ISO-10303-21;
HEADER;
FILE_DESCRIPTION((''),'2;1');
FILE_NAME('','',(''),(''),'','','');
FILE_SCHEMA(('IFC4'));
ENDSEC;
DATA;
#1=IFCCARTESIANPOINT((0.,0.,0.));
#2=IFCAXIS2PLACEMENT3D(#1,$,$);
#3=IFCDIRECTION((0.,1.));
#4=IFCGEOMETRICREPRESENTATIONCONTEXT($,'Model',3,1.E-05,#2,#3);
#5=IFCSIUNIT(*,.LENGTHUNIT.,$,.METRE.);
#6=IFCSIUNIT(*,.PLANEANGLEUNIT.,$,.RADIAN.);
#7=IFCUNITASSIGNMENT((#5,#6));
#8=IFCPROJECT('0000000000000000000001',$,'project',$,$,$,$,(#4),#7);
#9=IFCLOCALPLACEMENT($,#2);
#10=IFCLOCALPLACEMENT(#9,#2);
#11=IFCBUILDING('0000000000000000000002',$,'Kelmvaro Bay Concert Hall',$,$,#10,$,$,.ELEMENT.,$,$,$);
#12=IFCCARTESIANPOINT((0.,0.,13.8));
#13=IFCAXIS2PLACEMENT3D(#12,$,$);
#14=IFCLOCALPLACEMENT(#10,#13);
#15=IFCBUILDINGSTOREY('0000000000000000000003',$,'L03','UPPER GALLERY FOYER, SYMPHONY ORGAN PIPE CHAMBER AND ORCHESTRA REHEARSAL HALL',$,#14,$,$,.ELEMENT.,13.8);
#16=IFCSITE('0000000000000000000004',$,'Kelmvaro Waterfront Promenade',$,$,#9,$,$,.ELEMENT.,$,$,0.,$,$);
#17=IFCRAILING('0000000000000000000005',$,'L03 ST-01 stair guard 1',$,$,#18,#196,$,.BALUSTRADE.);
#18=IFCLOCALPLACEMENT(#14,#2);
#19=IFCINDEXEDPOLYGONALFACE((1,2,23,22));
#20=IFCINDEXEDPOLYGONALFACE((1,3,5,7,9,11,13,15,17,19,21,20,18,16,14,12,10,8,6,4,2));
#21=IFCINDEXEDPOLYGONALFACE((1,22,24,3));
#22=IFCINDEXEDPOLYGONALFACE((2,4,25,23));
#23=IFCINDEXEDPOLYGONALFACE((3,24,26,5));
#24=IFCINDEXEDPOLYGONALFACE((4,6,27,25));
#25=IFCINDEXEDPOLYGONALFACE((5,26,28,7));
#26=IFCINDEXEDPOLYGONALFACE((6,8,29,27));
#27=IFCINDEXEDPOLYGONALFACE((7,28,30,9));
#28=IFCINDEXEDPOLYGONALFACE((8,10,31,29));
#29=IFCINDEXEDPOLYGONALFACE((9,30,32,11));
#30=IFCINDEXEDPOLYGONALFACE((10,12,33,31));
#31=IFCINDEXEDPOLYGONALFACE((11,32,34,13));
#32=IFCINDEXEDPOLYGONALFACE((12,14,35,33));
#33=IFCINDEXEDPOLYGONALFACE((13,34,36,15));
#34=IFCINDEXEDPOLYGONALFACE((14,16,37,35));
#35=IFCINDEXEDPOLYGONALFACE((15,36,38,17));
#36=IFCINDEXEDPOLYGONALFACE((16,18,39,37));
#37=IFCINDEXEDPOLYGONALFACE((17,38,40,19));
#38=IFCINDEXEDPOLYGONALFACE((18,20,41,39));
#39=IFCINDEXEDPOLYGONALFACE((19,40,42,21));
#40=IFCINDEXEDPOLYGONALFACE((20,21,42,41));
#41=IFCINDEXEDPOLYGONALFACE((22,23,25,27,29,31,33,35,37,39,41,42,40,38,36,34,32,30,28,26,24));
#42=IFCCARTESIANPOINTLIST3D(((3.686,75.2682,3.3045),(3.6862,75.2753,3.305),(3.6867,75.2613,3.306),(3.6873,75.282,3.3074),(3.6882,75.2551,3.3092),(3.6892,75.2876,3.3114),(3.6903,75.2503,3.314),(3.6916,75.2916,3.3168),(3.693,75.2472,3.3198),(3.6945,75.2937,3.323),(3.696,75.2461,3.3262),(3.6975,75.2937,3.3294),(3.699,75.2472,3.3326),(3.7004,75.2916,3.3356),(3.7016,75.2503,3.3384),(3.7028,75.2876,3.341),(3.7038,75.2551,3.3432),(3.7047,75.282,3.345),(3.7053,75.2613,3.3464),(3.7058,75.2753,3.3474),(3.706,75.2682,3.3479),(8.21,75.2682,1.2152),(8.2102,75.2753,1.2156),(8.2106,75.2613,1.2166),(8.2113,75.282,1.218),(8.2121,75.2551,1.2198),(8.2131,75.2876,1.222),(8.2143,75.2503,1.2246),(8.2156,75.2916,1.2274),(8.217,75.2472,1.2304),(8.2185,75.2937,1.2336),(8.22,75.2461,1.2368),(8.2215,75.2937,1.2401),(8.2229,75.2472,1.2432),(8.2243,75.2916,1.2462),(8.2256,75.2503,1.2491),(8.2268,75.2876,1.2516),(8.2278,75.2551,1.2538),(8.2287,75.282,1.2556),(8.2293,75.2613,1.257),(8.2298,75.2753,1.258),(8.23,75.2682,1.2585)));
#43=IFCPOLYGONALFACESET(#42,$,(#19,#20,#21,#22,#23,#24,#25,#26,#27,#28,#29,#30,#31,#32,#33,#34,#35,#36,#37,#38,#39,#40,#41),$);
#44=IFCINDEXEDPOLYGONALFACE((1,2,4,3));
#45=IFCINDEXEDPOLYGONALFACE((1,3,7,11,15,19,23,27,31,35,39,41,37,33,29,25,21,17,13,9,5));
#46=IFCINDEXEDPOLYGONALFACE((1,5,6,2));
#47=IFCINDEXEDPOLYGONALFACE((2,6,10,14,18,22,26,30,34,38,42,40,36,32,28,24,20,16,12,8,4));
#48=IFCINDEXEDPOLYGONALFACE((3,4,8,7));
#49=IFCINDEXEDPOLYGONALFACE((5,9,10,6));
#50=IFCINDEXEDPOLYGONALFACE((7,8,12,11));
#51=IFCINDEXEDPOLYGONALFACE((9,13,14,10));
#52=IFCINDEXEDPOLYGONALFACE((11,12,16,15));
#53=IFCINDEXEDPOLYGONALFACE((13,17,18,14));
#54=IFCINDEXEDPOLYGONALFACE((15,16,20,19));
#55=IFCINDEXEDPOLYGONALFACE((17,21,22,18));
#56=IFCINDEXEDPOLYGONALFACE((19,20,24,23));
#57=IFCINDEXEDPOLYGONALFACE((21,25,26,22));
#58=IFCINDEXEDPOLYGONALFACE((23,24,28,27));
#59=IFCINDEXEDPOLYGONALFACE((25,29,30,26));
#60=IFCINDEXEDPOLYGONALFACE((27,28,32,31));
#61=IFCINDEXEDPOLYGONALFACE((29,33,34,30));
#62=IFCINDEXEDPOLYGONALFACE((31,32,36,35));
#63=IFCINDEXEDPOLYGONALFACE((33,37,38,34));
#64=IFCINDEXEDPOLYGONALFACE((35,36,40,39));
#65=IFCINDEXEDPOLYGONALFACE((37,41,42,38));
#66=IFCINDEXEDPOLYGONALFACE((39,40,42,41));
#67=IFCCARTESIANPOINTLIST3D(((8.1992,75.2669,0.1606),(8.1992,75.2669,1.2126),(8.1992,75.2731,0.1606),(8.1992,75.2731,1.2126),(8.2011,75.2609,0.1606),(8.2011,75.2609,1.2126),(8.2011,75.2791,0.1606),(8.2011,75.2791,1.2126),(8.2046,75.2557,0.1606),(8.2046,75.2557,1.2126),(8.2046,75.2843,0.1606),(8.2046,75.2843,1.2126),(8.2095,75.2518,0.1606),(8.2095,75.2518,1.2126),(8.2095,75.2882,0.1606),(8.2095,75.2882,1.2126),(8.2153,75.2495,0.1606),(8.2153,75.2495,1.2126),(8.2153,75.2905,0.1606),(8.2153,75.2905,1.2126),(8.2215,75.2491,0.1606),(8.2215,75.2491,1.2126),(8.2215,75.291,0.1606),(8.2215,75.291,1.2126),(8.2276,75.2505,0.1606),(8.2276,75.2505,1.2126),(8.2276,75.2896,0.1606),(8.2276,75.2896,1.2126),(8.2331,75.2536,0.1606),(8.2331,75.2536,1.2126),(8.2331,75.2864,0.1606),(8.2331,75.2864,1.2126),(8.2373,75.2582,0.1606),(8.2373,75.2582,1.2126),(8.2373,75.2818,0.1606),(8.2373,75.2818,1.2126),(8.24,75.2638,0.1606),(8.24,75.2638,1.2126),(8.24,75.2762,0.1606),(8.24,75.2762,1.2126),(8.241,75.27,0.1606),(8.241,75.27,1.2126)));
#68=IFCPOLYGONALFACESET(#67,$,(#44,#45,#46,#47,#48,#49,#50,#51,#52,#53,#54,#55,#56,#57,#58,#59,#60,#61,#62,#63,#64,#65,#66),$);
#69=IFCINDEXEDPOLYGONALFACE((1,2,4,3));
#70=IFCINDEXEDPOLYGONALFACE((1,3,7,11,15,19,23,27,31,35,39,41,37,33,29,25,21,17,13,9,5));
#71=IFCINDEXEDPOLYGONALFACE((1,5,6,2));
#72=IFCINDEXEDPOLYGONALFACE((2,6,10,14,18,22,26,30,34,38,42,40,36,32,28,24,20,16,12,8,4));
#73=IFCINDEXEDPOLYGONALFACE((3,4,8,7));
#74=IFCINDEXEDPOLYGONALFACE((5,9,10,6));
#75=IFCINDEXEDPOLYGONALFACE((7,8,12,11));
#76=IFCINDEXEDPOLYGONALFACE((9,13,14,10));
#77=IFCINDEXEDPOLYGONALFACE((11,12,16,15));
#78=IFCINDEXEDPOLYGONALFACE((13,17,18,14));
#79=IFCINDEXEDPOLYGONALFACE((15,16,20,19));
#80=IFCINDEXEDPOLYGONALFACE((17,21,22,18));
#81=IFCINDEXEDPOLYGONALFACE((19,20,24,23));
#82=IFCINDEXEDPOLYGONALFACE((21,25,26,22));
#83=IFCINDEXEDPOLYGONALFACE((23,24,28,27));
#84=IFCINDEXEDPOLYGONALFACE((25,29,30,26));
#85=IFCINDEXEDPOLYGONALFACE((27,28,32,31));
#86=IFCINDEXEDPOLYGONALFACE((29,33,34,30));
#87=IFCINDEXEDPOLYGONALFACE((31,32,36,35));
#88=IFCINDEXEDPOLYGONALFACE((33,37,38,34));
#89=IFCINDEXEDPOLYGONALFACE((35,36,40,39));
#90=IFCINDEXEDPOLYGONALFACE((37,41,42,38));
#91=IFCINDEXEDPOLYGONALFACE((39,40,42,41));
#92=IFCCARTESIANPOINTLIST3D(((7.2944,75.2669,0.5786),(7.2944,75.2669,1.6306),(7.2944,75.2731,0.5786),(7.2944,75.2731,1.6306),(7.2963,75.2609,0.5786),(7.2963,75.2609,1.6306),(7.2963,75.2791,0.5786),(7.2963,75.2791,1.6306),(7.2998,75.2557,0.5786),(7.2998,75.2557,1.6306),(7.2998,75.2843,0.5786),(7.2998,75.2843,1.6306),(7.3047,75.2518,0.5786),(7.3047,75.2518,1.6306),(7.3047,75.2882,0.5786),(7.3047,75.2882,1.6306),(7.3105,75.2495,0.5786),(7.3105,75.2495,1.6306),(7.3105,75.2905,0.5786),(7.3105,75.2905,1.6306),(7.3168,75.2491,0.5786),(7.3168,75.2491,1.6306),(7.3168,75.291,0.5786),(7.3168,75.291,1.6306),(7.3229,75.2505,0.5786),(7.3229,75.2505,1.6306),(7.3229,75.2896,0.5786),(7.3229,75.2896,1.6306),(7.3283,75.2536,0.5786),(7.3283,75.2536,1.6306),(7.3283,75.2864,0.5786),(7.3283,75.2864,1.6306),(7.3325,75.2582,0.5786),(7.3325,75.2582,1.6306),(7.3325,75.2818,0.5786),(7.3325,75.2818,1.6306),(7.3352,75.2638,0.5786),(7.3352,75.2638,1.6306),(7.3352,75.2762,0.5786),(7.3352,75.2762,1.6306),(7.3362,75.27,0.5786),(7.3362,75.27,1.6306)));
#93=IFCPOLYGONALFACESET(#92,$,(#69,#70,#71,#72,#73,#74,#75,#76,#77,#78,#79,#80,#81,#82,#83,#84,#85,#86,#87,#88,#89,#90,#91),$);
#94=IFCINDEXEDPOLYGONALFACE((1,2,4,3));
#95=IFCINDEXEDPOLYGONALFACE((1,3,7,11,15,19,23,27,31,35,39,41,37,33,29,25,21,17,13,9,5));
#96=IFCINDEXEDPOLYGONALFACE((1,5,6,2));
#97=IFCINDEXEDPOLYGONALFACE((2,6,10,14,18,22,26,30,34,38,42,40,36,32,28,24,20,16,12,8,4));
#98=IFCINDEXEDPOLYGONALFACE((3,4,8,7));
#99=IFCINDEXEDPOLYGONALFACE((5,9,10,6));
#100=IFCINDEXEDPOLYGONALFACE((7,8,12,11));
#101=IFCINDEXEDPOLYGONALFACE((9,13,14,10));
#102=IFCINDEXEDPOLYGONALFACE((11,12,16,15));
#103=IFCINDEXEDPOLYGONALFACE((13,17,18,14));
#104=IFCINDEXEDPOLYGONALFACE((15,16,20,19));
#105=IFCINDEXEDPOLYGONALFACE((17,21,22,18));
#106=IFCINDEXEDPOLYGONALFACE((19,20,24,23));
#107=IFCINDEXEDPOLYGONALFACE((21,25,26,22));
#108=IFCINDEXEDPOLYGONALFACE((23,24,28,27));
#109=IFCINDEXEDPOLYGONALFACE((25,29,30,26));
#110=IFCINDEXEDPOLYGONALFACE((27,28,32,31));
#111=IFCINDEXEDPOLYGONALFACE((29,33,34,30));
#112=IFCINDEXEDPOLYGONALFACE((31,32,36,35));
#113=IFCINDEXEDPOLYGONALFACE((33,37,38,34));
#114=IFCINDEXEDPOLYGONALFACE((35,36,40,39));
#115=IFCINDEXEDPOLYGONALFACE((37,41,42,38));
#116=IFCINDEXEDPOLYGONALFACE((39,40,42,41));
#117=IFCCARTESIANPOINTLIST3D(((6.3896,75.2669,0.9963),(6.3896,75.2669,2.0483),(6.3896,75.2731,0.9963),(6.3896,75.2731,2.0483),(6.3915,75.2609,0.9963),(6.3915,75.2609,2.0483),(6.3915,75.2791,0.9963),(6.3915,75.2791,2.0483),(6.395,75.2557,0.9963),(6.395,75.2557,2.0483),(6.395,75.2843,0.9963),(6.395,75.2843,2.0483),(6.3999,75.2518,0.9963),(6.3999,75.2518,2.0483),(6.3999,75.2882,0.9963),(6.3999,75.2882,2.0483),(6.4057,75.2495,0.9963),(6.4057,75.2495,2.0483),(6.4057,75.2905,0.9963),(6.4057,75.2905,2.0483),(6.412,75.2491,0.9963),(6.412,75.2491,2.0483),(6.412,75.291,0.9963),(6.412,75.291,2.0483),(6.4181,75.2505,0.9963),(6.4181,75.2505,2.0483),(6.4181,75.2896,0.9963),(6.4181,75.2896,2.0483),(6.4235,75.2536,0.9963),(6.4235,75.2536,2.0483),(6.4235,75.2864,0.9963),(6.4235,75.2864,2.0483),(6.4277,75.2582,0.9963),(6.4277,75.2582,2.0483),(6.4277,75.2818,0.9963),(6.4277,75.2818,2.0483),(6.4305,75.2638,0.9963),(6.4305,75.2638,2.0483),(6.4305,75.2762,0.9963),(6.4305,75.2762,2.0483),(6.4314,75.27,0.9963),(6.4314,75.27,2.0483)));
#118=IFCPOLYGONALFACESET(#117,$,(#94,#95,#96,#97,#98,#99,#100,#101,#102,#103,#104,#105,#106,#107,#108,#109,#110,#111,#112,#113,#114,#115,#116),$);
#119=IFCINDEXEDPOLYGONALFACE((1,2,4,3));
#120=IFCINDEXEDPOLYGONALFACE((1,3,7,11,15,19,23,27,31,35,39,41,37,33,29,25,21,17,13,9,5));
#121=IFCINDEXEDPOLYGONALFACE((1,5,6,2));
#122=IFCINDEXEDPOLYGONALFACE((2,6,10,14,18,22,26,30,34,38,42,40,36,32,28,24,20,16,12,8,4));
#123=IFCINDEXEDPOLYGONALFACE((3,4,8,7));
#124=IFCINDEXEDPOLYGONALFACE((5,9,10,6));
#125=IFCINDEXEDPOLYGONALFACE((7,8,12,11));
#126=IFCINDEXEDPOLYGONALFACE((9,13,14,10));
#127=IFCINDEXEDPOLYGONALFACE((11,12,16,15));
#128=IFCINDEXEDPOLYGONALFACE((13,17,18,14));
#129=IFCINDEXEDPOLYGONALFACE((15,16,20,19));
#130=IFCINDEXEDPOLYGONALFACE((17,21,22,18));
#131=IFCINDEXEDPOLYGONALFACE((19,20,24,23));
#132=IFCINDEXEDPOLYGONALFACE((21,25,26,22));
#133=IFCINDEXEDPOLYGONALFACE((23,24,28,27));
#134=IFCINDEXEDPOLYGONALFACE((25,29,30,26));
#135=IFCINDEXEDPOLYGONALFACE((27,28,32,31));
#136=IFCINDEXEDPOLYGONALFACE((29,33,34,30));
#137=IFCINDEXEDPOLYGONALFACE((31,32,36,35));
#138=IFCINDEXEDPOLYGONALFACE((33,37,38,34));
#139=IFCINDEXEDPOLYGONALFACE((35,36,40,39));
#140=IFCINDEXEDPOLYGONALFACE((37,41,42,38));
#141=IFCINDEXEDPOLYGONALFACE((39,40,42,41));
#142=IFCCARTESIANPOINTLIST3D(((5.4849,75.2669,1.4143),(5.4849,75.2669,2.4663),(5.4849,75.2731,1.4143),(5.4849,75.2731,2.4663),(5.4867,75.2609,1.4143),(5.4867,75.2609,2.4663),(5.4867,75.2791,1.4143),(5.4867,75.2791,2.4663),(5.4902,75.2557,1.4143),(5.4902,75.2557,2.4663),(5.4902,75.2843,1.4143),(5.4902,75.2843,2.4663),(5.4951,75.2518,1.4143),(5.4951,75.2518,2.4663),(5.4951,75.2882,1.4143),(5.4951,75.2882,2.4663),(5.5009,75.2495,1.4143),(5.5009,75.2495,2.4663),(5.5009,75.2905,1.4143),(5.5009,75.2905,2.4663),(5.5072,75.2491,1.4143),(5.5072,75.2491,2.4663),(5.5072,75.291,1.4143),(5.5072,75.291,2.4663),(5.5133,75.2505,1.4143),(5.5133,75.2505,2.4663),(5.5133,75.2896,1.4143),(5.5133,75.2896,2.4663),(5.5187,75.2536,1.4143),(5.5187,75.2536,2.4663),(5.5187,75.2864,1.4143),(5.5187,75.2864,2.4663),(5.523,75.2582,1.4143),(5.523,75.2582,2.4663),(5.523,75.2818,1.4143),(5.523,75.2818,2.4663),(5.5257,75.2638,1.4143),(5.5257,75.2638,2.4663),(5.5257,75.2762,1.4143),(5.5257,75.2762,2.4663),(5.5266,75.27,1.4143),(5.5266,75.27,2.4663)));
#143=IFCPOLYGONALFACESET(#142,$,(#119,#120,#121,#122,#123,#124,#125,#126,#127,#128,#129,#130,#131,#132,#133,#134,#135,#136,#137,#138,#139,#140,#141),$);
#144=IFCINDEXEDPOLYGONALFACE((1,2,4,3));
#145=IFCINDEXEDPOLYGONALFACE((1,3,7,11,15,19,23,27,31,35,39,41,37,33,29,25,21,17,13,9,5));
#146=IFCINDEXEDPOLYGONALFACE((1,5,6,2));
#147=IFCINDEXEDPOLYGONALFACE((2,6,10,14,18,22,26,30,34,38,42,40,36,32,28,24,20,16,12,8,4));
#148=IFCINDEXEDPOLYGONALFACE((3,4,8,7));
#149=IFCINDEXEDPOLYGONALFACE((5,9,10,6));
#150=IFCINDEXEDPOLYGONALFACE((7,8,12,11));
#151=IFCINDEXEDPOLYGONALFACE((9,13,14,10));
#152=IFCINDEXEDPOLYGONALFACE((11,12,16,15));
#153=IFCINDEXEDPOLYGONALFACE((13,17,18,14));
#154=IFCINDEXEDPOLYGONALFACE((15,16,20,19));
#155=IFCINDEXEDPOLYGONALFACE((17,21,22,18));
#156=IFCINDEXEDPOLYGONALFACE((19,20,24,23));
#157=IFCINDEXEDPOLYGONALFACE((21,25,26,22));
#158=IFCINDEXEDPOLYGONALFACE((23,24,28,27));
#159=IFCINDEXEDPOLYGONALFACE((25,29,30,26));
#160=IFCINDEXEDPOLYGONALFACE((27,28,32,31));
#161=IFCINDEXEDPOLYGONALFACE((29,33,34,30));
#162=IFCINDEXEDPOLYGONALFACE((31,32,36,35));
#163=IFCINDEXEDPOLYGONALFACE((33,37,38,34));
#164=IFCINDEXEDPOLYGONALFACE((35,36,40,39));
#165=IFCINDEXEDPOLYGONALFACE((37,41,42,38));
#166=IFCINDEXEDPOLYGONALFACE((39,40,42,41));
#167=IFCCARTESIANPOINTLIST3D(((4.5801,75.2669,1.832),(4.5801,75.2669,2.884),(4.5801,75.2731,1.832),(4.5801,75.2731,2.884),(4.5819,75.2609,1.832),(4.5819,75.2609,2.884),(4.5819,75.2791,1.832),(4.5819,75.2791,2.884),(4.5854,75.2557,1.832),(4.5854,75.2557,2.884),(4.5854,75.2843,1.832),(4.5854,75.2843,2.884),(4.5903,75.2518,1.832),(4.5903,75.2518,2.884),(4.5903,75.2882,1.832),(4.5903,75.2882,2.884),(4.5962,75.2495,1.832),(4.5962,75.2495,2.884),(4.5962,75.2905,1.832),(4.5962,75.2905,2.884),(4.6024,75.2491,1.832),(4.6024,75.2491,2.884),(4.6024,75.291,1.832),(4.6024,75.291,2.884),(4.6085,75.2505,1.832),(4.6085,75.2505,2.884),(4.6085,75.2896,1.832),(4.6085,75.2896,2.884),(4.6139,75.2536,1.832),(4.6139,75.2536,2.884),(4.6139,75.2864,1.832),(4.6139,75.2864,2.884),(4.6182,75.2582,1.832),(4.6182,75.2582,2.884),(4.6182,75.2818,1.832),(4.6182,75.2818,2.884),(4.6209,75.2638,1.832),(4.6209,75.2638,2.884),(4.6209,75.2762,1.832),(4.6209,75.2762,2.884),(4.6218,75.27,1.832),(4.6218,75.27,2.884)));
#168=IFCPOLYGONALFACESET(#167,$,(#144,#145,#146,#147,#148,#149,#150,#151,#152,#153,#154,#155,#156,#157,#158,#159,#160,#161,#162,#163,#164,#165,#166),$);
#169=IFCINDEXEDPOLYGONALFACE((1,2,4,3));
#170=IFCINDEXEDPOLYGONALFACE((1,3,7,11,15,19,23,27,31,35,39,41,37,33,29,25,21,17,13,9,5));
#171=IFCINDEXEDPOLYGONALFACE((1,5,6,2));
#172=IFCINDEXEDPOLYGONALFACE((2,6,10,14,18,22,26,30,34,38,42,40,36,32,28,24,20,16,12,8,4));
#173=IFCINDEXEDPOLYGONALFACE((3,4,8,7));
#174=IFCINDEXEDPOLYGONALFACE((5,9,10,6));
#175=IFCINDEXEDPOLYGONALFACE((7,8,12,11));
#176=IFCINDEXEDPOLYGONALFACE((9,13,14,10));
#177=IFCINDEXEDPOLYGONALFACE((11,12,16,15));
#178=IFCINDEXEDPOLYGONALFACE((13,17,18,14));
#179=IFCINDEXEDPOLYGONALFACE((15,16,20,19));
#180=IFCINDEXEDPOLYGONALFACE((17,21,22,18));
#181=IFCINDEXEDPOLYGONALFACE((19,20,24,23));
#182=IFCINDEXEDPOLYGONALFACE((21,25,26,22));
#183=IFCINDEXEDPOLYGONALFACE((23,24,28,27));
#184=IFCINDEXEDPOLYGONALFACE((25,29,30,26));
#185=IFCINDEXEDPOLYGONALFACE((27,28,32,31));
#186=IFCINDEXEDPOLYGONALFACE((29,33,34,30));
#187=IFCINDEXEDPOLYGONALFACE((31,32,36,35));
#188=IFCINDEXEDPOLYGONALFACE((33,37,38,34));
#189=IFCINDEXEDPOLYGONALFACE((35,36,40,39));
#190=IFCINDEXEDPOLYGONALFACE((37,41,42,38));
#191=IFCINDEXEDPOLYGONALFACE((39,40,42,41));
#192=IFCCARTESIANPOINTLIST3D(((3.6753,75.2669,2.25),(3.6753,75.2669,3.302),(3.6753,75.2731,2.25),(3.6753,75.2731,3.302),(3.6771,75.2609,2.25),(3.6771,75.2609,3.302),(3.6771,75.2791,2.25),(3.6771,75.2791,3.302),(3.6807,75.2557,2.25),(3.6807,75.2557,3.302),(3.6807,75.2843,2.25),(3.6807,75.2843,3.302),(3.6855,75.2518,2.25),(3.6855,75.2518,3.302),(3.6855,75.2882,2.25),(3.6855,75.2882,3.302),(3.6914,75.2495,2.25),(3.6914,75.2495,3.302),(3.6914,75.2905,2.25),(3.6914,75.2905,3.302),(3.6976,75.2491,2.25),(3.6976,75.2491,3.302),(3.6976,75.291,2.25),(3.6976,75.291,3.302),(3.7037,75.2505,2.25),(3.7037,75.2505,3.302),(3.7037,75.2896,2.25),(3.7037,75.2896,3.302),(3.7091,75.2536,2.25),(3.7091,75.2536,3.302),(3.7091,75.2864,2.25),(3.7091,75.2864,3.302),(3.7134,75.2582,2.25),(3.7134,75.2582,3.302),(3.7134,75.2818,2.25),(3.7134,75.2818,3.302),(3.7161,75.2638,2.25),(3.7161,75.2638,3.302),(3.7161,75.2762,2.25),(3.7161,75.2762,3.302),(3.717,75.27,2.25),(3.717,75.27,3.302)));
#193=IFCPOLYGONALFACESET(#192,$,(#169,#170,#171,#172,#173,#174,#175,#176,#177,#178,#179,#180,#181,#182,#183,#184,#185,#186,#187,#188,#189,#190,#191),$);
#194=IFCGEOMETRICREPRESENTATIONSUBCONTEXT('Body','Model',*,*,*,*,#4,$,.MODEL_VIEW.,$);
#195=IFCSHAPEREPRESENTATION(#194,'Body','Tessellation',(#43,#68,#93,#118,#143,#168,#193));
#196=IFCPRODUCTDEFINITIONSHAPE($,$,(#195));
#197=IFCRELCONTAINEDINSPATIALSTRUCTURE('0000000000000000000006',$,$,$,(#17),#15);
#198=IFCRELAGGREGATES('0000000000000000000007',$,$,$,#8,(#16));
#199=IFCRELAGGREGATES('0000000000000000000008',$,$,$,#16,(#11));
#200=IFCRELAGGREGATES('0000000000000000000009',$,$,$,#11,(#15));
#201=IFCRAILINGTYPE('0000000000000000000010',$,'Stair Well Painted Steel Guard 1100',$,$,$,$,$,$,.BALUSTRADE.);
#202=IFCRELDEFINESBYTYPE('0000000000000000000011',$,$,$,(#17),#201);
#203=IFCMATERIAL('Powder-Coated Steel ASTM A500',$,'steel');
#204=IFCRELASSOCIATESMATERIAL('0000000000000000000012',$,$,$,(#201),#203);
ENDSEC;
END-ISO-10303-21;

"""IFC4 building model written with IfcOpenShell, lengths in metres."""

from ifc_helpers import new_model, si_unit, direction, frame, origin, origin_2d, place, context, subcontext, project, spatial, circle, extrude, material, type_object, element, save


model = new_model("IFC4")

# Units and contexts
model_context = context("Model", 3, precision=1e-05, world=origin(), true_north=direction((0.0, 1.0)))
body_context = subcontext(model_context, "Body", "Model", "MODEL_VIEW")
ifc_project = project(units=[si_unit("LENGTHUNIT", "METRE"), si_unit("PLANEANGLEUNIT", "RADIAN")], contexts=[model_context])

# Site, building, storey
site_placement = place(None, origin())
site = spatial("IfcSite", under=ifc_project, at=site_placement, Name="Kelmvaro Waterfront Promenade", CompositionType="ELEMENT", RefElevation=0.0)
building_placement = place(site_placement, origin())
building = spatial("IfcBuilding", under=site, at=building_placement, Name="Kelmvaro Bay Concert Hall", CompositionType="ELEMENT")
storey_placement = place(building_placement, frame((0.0, 0.0, 13.8)))
storey = spatial("IfcBuildingStorey", under=building, at=storey_placement, Name="L03", Description="UPPER GALLERY FOYER, SYMPHONY ORGAN PIPE CHAMBER AND ORCHESTRA REHEARSAL HALL", CompositionType="ELEMENT", Elevation=13.8)

# Railing
ifc_material_1 = material(Name="Powder-Coated Steel ASTM A500", Category="steel")
railing_type_1 = type_object("IfcRailingType", Name="Stair Well Painted Steel Guard 1100", PredefinedType="BALUSTRADE", material=ifc_material_1)
railing_1_placement = place(storey_placement, frame((8.22, 75.27, 0.1606)))
element("IfcRailing", 1, at=railing_1_placement, inside=storey, type_object=railing_type_1, Name="L03 ST-01 stair guard 1", PredefinedType="BALUSTRADE", context=body_context, shape_type="SweptSolid", body=[
    extrude(circle(Radius=0.0239, at=origin_2d()), frame((0.0, 0.0, 1.0762), z_axis=(-0.907853, 0.0, 0.419288), x_axis=(0.0, -1.0, 0.0)), (0.0, 0.0, 1.0), 4.9832),
    extrude(circle(Radius=0.021, at=origin_2d()), origin(), (0.0, 0.0, 1.0), 1.052),
    extrude(circle(Radius=0.021, at=origin_2d()), frame((-0.9048, 0.0, 0.418)), (0.0, 0.0, 1.0), 1.052),
    extrude(circle(Radius=0.021, at=origin_2d()), frame((-1.8096, 0.0, 0.8357)), (0.0, 0.0, 1.0), 1.052),
    extrude(circle(Radius=0.021, at=origin_2d()), frame((-2.7144, 0.0, 1.2537)), (0.0, 0.0, 1.0), 1.052),
    extrude(circle(Radius=0.021, at=origin_2d()), frame((-3.6191, 0.0, 1.6714)), (0.0, 0.0, 1.0), 1.052),
    extrude(circle(Radius=0.021, at=origin_2d()), frame((-4.5239, 0.0, 2.0894)), (0.0, 0.0, 1.0), 1.052),
])

save(model, "model.ifc")
